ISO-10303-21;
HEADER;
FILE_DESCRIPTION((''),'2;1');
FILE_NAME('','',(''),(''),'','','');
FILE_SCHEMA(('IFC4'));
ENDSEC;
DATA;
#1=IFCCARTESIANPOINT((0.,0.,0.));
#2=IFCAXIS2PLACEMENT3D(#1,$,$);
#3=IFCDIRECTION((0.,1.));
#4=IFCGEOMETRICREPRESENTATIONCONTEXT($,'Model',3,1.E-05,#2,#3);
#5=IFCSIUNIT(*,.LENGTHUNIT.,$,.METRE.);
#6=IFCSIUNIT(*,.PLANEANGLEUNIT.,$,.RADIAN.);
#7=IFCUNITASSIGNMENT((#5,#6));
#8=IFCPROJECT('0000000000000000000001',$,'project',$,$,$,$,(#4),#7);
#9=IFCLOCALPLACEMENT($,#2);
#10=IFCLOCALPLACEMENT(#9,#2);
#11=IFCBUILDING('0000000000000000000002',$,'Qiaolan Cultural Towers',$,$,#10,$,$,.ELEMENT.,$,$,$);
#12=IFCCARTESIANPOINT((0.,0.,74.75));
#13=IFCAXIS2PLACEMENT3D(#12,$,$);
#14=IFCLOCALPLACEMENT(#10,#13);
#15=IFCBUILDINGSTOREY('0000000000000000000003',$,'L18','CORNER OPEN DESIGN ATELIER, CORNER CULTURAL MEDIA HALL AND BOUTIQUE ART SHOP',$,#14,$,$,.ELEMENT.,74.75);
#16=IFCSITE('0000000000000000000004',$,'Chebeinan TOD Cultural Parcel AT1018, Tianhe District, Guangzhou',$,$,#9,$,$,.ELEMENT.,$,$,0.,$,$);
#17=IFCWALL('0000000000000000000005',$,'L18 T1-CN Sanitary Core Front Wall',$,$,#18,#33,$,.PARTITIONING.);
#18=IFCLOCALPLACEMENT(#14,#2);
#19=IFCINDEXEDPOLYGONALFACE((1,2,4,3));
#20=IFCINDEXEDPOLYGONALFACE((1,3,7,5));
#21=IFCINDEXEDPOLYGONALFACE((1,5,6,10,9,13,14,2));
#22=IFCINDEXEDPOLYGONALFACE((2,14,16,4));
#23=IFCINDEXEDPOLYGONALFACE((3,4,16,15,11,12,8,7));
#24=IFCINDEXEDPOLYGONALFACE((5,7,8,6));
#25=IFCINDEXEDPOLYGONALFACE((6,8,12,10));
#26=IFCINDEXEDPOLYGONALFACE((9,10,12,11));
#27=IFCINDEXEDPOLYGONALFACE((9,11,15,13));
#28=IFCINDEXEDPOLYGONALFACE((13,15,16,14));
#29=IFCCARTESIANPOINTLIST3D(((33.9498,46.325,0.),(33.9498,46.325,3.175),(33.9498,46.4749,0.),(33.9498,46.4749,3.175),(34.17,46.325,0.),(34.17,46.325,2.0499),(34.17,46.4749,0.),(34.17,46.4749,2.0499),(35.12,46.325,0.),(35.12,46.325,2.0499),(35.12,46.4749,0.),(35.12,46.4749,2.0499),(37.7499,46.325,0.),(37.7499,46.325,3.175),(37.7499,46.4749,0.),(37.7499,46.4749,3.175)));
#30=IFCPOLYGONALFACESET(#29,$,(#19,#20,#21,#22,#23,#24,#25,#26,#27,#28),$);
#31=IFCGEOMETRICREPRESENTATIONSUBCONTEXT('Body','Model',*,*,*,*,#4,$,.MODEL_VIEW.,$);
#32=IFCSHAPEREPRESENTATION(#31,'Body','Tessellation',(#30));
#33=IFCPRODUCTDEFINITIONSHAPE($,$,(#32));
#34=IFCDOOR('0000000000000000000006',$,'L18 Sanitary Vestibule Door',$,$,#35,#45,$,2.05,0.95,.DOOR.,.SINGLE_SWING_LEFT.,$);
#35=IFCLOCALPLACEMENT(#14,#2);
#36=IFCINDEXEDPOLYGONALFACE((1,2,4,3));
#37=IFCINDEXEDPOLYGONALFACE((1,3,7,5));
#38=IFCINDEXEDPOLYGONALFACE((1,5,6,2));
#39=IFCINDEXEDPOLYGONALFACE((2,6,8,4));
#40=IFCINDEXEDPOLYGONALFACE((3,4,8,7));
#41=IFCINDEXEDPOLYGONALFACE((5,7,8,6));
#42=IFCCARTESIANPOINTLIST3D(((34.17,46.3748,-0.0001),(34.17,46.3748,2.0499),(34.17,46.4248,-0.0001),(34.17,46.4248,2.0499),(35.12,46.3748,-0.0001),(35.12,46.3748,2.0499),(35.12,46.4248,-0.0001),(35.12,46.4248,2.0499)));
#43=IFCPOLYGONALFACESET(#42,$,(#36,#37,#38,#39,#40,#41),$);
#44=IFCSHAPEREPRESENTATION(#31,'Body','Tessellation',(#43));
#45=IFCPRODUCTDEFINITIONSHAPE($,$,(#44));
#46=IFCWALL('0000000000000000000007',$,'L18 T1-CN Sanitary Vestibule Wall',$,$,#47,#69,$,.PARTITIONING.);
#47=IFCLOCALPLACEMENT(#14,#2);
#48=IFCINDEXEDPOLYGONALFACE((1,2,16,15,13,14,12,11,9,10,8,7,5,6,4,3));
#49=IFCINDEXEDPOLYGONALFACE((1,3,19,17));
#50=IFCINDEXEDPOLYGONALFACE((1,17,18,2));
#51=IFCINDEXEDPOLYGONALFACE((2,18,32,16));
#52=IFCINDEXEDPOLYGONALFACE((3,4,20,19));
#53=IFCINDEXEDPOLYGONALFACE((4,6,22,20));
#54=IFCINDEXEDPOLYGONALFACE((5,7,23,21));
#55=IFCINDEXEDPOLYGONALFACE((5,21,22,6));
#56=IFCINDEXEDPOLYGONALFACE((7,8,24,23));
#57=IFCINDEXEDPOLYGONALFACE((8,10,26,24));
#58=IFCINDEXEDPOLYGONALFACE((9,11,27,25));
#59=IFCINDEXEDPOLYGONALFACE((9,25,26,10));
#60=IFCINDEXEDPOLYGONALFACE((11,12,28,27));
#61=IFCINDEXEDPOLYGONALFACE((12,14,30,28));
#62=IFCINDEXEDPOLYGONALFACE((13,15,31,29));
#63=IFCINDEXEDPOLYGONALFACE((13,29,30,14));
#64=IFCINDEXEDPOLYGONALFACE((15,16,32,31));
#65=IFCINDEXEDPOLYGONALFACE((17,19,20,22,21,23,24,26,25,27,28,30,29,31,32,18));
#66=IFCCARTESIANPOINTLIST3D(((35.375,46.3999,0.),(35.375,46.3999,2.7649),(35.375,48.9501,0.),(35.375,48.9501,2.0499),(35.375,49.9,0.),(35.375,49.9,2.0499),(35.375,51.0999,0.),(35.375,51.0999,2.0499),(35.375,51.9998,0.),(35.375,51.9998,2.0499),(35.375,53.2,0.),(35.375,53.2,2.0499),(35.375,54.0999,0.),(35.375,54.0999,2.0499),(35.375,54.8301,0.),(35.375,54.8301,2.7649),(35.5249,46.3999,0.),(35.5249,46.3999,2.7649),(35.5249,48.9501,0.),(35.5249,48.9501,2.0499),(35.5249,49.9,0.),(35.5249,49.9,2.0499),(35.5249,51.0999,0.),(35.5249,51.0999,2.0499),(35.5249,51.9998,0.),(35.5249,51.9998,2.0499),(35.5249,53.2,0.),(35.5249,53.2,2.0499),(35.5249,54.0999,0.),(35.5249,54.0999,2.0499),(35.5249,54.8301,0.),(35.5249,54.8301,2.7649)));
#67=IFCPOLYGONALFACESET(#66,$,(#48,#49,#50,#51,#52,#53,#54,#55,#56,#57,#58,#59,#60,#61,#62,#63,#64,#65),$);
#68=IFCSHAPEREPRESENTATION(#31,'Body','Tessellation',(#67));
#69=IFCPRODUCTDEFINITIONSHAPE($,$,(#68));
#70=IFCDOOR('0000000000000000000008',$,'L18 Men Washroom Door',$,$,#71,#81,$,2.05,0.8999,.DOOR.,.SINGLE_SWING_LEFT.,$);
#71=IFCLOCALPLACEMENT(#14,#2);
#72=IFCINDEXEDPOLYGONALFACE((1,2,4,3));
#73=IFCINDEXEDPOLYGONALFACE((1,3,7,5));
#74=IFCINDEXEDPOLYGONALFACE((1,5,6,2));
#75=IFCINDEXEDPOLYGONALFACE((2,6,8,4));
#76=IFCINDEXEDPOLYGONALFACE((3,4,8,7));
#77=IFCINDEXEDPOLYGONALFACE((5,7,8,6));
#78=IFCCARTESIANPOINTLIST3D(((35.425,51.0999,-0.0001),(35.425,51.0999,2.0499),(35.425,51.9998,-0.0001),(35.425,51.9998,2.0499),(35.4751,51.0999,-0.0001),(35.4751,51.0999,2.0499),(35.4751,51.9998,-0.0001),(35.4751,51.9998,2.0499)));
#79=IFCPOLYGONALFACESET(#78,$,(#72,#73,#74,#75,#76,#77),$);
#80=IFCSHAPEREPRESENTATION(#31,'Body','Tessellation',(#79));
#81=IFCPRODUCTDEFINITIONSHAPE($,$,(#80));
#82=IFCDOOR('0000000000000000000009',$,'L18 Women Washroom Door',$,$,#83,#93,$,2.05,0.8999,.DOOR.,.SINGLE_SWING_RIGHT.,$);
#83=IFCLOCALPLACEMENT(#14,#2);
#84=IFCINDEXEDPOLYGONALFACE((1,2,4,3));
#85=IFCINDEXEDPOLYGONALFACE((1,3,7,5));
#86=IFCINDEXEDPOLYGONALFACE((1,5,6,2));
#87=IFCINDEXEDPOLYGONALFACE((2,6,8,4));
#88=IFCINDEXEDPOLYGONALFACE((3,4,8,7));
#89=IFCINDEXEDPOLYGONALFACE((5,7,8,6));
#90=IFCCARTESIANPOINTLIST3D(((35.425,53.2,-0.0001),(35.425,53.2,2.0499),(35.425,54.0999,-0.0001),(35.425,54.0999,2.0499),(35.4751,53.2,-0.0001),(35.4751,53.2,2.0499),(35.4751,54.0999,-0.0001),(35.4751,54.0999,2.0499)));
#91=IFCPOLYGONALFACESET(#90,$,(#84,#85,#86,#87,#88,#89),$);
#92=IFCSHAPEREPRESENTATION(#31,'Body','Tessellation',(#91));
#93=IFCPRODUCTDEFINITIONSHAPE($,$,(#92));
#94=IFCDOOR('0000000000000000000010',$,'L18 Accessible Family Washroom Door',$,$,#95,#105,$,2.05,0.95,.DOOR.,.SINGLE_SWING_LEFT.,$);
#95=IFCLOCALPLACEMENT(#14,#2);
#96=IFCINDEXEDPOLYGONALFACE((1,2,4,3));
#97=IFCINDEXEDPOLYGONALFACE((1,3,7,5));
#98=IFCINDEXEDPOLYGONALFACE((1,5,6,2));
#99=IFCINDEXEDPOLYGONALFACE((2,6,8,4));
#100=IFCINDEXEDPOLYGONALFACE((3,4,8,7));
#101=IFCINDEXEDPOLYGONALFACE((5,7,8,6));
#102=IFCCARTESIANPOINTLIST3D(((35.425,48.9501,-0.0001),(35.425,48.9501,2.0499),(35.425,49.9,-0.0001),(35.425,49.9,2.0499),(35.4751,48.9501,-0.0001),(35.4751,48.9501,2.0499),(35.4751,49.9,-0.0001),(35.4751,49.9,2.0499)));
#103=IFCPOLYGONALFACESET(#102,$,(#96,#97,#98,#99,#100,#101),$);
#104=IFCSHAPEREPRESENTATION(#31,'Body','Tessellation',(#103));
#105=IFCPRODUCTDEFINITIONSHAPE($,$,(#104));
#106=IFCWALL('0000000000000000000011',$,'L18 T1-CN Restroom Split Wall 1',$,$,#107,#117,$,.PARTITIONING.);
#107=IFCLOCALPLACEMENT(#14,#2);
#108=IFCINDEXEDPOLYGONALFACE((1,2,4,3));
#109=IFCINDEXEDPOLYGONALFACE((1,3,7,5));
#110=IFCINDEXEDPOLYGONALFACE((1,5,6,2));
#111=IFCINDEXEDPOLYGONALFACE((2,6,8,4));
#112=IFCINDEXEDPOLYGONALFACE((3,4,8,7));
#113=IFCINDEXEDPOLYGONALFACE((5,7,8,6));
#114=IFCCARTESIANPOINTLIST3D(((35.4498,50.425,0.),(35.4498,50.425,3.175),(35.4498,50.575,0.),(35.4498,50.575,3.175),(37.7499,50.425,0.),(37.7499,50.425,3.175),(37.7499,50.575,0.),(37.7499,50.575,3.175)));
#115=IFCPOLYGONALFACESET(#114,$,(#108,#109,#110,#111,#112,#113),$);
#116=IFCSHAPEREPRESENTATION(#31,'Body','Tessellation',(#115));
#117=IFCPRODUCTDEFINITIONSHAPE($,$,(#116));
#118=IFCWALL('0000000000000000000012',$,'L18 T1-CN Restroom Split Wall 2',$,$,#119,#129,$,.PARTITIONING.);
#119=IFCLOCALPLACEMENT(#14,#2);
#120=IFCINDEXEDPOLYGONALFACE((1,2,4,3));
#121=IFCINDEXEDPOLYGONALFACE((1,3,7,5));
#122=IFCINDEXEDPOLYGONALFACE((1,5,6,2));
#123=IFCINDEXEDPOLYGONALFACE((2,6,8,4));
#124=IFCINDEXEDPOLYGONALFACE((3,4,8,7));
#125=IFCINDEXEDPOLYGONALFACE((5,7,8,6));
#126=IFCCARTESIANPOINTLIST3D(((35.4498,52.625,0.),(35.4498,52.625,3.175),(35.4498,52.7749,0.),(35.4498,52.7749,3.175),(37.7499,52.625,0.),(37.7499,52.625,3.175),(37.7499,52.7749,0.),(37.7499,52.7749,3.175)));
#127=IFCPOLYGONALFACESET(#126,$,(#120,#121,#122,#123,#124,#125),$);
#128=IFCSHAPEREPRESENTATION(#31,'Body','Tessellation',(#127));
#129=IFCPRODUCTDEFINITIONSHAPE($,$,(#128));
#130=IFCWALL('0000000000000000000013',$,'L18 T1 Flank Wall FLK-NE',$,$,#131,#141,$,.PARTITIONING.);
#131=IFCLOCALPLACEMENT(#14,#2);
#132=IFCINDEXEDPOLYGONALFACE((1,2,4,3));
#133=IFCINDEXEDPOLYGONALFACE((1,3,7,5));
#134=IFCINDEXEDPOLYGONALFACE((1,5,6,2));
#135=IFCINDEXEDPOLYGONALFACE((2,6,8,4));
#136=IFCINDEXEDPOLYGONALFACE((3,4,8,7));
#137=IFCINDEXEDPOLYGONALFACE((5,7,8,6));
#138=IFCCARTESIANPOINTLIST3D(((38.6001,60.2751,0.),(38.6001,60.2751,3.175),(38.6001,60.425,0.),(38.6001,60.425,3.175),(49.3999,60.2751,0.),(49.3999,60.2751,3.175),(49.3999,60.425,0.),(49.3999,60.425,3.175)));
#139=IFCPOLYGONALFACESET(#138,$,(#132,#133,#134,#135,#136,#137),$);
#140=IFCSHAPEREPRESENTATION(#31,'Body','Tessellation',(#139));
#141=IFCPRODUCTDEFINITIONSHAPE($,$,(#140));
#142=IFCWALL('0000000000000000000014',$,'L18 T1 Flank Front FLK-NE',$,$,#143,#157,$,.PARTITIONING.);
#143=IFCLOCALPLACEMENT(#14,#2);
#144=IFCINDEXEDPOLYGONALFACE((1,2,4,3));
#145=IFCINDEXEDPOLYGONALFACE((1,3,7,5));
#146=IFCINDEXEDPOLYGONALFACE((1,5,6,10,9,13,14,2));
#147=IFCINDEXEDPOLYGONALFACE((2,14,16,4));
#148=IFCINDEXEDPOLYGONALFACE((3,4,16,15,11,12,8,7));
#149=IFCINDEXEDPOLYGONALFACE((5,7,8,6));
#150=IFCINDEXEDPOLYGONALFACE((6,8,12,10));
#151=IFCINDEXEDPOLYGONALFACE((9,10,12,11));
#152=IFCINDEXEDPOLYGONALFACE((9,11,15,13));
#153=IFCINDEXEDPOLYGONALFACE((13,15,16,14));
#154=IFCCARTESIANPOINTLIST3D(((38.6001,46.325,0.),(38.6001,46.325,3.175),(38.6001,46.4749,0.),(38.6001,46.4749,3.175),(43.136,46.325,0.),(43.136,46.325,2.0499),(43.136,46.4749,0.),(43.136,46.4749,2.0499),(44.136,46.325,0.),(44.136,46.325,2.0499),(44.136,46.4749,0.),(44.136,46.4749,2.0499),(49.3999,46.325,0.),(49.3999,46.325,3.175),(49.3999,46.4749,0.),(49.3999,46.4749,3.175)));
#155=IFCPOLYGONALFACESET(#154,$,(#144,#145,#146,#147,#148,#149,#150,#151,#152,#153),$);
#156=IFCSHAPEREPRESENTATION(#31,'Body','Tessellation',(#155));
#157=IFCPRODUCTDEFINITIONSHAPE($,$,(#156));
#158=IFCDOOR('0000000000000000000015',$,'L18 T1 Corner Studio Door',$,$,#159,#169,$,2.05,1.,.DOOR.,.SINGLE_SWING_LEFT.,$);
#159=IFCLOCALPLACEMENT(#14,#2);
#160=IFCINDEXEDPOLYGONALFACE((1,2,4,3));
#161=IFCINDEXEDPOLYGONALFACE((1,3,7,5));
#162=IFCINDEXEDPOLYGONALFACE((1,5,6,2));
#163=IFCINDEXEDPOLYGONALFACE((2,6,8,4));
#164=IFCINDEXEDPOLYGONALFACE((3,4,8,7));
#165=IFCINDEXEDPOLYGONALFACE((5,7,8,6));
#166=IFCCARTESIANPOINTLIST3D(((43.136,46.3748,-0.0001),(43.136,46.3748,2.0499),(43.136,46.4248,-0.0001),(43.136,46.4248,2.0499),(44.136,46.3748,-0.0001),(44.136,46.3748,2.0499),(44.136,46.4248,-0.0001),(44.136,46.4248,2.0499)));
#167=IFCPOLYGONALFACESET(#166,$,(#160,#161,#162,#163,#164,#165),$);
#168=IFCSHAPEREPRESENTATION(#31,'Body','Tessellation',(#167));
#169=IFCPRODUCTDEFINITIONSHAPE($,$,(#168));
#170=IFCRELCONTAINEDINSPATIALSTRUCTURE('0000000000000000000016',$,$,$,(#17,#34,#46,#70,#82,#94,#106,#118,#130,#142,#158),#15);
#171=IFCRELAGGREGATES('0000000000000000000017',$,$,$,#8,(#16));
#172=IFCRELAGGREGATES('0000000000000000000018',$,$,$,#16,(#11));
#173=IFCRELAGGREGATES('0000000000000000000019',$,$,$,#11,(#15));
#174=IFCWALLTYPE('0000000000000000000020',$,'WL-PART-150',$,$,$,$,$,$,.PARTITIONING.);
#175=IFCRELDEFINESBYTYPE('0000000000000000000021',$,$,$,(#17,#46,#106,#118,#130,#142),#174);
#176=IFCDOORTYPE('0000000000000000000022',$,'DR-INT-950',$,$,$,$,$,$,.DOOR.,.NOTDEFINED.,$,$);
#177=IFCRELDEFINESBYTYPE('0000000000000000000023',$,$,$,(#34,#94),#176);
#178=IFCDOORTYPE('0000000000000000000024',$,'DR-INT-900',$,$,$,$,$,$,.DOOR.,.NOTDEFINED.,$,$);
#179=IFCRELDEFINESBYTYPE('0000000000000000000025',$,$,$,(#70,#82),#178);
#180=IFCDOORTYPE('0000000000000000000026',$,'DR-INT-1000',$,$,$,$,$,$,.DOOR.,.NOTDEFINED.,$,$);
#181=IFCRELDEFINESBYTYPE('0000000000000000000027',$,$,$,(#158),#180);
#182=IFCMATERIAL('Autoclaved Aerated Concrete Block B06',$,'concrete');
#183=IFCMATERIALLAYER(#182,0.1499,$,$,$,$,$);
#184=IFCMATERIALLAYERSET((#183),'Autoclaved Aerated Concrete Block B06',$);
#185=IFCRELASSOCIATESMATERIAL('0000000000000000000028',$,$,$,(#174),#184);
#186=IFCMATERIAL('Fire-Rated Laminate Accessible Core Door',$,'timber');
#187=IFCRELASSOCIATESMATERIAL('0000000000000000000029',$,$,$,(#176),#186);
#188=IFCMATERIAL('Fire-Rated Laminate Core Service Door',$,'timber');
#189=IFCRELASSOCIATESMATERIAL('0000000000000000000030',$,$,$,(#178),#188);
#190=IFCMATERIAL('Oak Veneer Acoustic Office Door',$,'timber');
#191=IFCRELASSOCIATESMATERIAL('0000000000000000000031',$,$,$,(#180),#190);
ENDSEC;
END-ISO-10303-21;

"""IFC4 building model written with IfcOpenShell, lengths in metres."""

from ifc_helpers import new_model, si_unit, direction, frame, frame_2d, origin, place, context, subcontext, project, spatial, rectangle, extrude, material, layer, layer_set, type_object, element, fill, save


model = new_model("IFC4")

# Units and contexts
model_context = context("Model", 3, precision=1e-05, world=origin(), true_north=direction((0.0, 1.0)))
body_context = subcontext(model_context, "Body", "Model", "MODEL_VIEW")
ifc_project = project(units=[si_unit("LENGTHUNIT", "METRE"), si_unit("PLANEANGLEUNIT", "RADIAN")], contexts=[model_context])

# Site, building, storey
site_placement = place(None, origin())
site = spatial("IfcSite", under=ifc_project, at=site_placement, Name="Chebeinan TOD Cultural Parcel AT1018, Tianhe District, Guangzhou", CompositionType="ELEMENT", RefElevation=0.0)
building_placement = place(site_placement, origin())
building = spatial("IfcBuilding", under=site, at=building_placement, Name="Qiaolan Cultural Towers", CompositionType="ELEMENT")
storey_placement = place(building_placement, frame((0.0, 0.0, 74.75)))
storey = spatial("IfcBuildingStorey", under=building, at=storey_placement, Name="L18", Description="CORNER OPEN DESIGN ATELIER, CORNER CULTURAL MEDIA HALL AND BOUTIQUE ART SHOP", CompositionType="ELEMENT", Elevation=74.75)

# Wall, opening, door
ifc_material_1 = material(Name="Autoclaved Aerated Concrete Block B06", Category="concrete")
ifc_layer_1 = layer(ifc_material_1, 0.1499)
ifc_layer_set_1 = layer_set([ifc_layer_1], Name="Autoclaved Aerated Concrete Block B06")
wall_type_1 = type_object("IfcWallType", Name="WL-PART-150", PredefinedType="PARTITIONING", material=ifc_layer_set_1)
wall_1_placement = place(storey_placement, frame((33.95, 46.3999, 0.0), z_axis=(0.0, 0.0, 1.0), x_axis=(1.0, 0.0, 0.0)))
wall_1 = element("IfcWall", 1, at=wall_1_placement, inside=storey, type_object=wall_type_1, Name="L18 T1-CN Sanitary Core Front Wall", PredefinedType="PARTITIONING", context=body_context, shape_type="SweptSolid", body=[
    extrude(rectangle(XDim=3.8, YDim=0.1499, at=frame_2d((1.8999, 0.0))), origin(), (0.0, 0.0, 1.0), 3.175),
])
opening_1_placement = place(wall_1_placement, frame((0.22, 0.0, 0.0)))
opening_1 = element("IfcOpeningElement", 2, at=opening_1_placement, cuts=wall_1, PredefinedType="OPENING", context=body_context, shape_type="SweptSolid", body=[
    extrude(rectangle(XDim=0.95, YDim=2.05, at=frame_2d((0.4751, 1.0249))), frame((0.0, 0.085, 0.0), z_axis=(0.0, -1.0, 0.0), x_axis=(1.0, 0.0, 0.0)), (0.0, 0.0, 1.0), 0.1699),
])
ifc_material_2 = material(Name="Fire-Rated Laminate Accessible Core Door", Category="timber")
door_type_1 = type_object("IfcDoorType", Name="DR-INT-950", OperationType="NOTDEFINED", PredefinedType="DOOR", material=ifc_material_2)
door_1_placement = place(opening_1_placement, origin())
door_1 = element("IfcDoor", 3, at=door_1_placement, inside=storey, type_object=door_type_1, Name="L18 Sanitary Vestibule Door", OperationType="SINGLE_SWING_LEFT", OverallHeight=2.05, OverallWidth=0.95, PredefinedType="DOOR", context=body_context, shape_type="SweptSolid", body=[
    extrude(rectangle(XDim=0.95, YDim=2.05, at=frame_2d((0.4751, 1.0249))), frame((0.0, 0.0249, 0.0), z_axis=(0.0, -1.0, 0.0), x_axis=(1.0, 0.0, 0.0)), (0.0, 0.0, 1.0), 0.05),
])
fill(opening_1, door_1)

# Wall, openings, doors
wall_2_placement = place(storey_placement, frame((35.45, 46.3999, 0.0), z_axis=(0.0, 0.0, 1.0), x_axis=(0.0, 1.0, 0.0)))
wall_2 = element("IfcWall", 4, at=wall_2_placement, inside=storey, type_object=wall_type_1, Name="L18 T1-CN Sanitary Vestibule Wall", PredefinedType="PARTITIONING", context=body_context, shape_type="SweptSolid", body=[
    extrude(rectangle(XDim=8.4302, YDim=0.1499, at=frame_2d((4.2151, 0.0))), origin(), (0.0, 0.0, 1.0), 2.7649),
])
opening_2_placement = place(wall_2_placement, frame((2.55, 0.0, 0.0)))
opening_2 = element("IfcOpeningElement", 5, at=opening_2_placement, cuts=wall_2, PredefinedType="OPENING", context=body_context, shape_type="SweptSolid", body=[
    extrude(rectangle(XDim=0.95, YDim=2.05, at=frame_2d((0.4751, 1.0249))), frame((0.0, 0.085, 0.0), z_axis=(0.0, -1.0, 0.0), x_axis=(1.0, 0.0, 0.0)), (0.0, 0.0, 1.0), 0.1699),
])
opening_3_placement = place(wall_2_placement, frame((4.7, 0.0, 0.0)))
opening_3 = element("IfcOpeningElement", 6, at=opening_3_placement, cuts=wall_2, PredefinedType="OPENING", context=body_context, shape_type="SweptSolid", body=[
    extrude(rectangle(XDim=0.8999, YDim=2.05, at=frame_2d((0.45, 1.0249))), frame((0.0, 0.085, 0.0), z_axis=(0.0, -1.0, 0.0), x_axis=(1.0, 0.0, 0.0)), (0.0, 0.0, 1.0), 0.1699),
])
opening_4_placement = place(wall_2_placement, frame((6.8, 0.0, 0.0)))
opening_4 = element("IfcOpeningElement", 7, at=opening_4_placement, cuts=wall_2, PredefinedType="OPENING", context=body_context, shape_type="SweptSolid", body=[
    extrude(rectangle(XDim=0.8999, YDim=2.05, at=frame_2d((0.45, 1.0249))), frame((0.0, 0.085, 0.0), z_axis=(0.0, -1.0, 0.0), x_axis=(1.0, 0.0, 0.0)), (0.0, 0.0, 1.0), 0.1699),
])
ifc_material_3 = material(Name="Fire-Rated Laminate Core Service Door", Category="timber")
door_type_2 = type_object("IfcDoorType", Name="DR-INT-900", OperationType="NOTDEFINED", PredefinedType="DOOR", material=ifc_material_3)
door_2_placement = place(opening_3_placement, origin())
door_2 = element("IfcDoor", 8, at=door_2_placement, inside=storey, type_object=door_type_2, Name="L18 Men Washroom Door", OperationType="SINGLE_SWING_LEFT", OverallHeight=2.05, OverallWidth=0.8999, PredefinedType="DOOR", context=body_context, shape_type="SweptSolid", body=[
    extrude(rectangle(XDim=0.8999, YDim=2.05, at=frame_2d((0.45, 1.0249))), frame((0.0, 0.0249, 0.0), z_axis=(0.0, -1.0, 0.0), x_axis=(1.0, 0.0, 0.0)), (0.0, 0.0, 1.0), 0.05),
])
fill(opening_3, door_2)
door_3_placement = place(opening_4_placement, origin())
door_3 = element("IfcDoor", 9, at=door_3_placement, inside=storey, type_object=door_type_2, Name="L18 Women Washroom Door", OperationType="SINGLE_SWING_RIGHT", OverallHeight=2.05, OverallWidth=0.8999, PredefinedType="DOOR", context=body_context, shape_type="SweptSolid", body=[
    extrude(rectangle(XDim=0.8999, YDim=2.05, at=frame_2d((0.45, 1.0249))), frame((0.0, 0.0249, 0.0), z_axis=(0.0, -1.0, 0.0), x_axis=(1.0, 0.0, 0.0)), (0.0, 0.0, 1.0), 0.05),
])
fill(opening_4, door_3)
door_4_placement = place(opening_2_placement, origin())
door_4 = element("IfcDoor", 10, at=door_4_placement, inside=storey, type_object=door_type_1, Name="L18 Accessible Family Washroom Door", OperationType="SINGLE_SWING_LEFT", OverallHeight=2.05, OverallWidth=0.95, PredefinedType="DOOR", context=body_context, shape_type="SweptSolid", body=[
    extrude(rectangle(XDim=0.95, YDim=2.05, at=frame_2d((0.4751, 1.0249))), frame((0.0, 0.0249, 0.0), z_axis=(0.0, -1.0, 0.0), x_axis=(1.0, 0.0, 0.0)), (0.0, 0.0, 1.0), 0.05),
])
fill(opening_2, door_4)

# Walls
for number, where, z_axis, x_axis, name in (
    (11, (35.45, 50.5, 0.0), (0.0, 0.0, 1.0), (1.0, 0.0, 0.0), "L18 T1-CN Restroom Split Wall 1"),
    (12, (35.45, 52.7, 0.0), (0.0, 0.0, 1.0), (1.0, 0.0, 0.0), "L18 T1-CN Restroom Split Wall 2"),
):
    element("IfcWall", number, at=place(storey_placement, frame(where, z_axis=z_axis, x_axis=x_axis)), inside=storey, type_object=wall_type_1, Name=name, PredefinedType="PARTITIONING", context=body_context, shape_type="SweptSolid", body=[
        extrude(rectangle(XDim=2.3, YDim=0.1499, at=frame_2d((1.1499, 0.0))), origin(), (0.0, 0.0, 1.0), 3.175),
    ])
wall_3_placement = place(storey_placement, frame((38.6001, 60.3501, 0.0), z_axis=(0.0, 0.0, 1.0), x_axis=(1.0, 0.0, 0.0)))
element("IfcWall", 13, at=wall_3_placement, inside=storey, type_object=wall_type_1, Name="L18 T1 Flank Wall FLK-NE", PredefinedType="PARTITIONING", context=body_context, shape_type="SweptSolid", body=[
    extrude(rectangle(XDim=10.7998, YDim=0.1499, at=frame_2d((5.3999, 0.0))), origin(), (0.0, 0.0, 1.0), 3.175),
])

# Wall, opening, door
wall_4_placement = place(storey_placement, frame((38.6001, 46.3999, 0.0), z_axis=(0.0, 0.0, 1.0), x_axis=(1.0, 0.0, 0.0)))
wall_4 = element("IfcWall", 14, at=wall_4_placement, inside=storey, type_object=wall_type_1, Name="L18 T1 Flank Front FLK-NE", PredefinedType="PARTITIONING", context=body_context, shape_type="SweptSolid", body=[
    extrude(rectangle(XDim=10.7998, YDim=0.1499, at=frame_2d((5.3999, 0.0))), origin(), (0.0, 0.0, 1.0), 3.175),
])
opening_5_placement = place(wall_4_placement, frame((4.5359, 0.0, 0.0)))
opening_5 = element("IfcOpeningElement", 15, at=opening_5_placement, cuts=wall_4, PredefinedType="OPENING", context=body_context, shape_type="SweptSolid", body=[
    extrude(rectangle(XDim=1.0, YDim=2.05, at=frame_2d((0.5, 1.0249))), frame((0.0, 0.085, 0.0), z_axis=(0.0, -1.0, 0.0), x_axis=(1.0, 0.0, 0.0)), (0.0, 0.0, 1.0), 0.1699),
])
ifc_material_4 = material(Name="Oak Veneer Acoustic Office Door", Category="timber")
door_type_3 = type_object("IfcDoorType", Name="DR-INT-1000", OperationType="NOTDEFINED", PredefinedType="DOOR", material=ifc_material_4)
door_5_placement = place(opening_5_placement, origin())
door_5 = element("IfcDoor", 16, at=door_5_placement, inside=storey, type_object=door_type_3, Name="L18 T1 Corner Studio Door", OperationType="SINGLE_SWING_LEFT", OverallHeight=2.05, OverallWidth=1.0, PredefinedType="DOOR", context=body_context, shape_type="SweptSolid", body=[
    extrude(rectangle(XDim=1.0, YDim=2.05, at=frame_2d((0.5, 1.0249))), frame((0.0, 0.0249, 0.0), z_axis=(0.0, -1.0, 0.0), x_axis=(1.0, 0.0, 0.0)), (0.0, 0.0, 1.0), 0.05),
])
fill(opening_5, door_5)

save(model, "model.ifc")
